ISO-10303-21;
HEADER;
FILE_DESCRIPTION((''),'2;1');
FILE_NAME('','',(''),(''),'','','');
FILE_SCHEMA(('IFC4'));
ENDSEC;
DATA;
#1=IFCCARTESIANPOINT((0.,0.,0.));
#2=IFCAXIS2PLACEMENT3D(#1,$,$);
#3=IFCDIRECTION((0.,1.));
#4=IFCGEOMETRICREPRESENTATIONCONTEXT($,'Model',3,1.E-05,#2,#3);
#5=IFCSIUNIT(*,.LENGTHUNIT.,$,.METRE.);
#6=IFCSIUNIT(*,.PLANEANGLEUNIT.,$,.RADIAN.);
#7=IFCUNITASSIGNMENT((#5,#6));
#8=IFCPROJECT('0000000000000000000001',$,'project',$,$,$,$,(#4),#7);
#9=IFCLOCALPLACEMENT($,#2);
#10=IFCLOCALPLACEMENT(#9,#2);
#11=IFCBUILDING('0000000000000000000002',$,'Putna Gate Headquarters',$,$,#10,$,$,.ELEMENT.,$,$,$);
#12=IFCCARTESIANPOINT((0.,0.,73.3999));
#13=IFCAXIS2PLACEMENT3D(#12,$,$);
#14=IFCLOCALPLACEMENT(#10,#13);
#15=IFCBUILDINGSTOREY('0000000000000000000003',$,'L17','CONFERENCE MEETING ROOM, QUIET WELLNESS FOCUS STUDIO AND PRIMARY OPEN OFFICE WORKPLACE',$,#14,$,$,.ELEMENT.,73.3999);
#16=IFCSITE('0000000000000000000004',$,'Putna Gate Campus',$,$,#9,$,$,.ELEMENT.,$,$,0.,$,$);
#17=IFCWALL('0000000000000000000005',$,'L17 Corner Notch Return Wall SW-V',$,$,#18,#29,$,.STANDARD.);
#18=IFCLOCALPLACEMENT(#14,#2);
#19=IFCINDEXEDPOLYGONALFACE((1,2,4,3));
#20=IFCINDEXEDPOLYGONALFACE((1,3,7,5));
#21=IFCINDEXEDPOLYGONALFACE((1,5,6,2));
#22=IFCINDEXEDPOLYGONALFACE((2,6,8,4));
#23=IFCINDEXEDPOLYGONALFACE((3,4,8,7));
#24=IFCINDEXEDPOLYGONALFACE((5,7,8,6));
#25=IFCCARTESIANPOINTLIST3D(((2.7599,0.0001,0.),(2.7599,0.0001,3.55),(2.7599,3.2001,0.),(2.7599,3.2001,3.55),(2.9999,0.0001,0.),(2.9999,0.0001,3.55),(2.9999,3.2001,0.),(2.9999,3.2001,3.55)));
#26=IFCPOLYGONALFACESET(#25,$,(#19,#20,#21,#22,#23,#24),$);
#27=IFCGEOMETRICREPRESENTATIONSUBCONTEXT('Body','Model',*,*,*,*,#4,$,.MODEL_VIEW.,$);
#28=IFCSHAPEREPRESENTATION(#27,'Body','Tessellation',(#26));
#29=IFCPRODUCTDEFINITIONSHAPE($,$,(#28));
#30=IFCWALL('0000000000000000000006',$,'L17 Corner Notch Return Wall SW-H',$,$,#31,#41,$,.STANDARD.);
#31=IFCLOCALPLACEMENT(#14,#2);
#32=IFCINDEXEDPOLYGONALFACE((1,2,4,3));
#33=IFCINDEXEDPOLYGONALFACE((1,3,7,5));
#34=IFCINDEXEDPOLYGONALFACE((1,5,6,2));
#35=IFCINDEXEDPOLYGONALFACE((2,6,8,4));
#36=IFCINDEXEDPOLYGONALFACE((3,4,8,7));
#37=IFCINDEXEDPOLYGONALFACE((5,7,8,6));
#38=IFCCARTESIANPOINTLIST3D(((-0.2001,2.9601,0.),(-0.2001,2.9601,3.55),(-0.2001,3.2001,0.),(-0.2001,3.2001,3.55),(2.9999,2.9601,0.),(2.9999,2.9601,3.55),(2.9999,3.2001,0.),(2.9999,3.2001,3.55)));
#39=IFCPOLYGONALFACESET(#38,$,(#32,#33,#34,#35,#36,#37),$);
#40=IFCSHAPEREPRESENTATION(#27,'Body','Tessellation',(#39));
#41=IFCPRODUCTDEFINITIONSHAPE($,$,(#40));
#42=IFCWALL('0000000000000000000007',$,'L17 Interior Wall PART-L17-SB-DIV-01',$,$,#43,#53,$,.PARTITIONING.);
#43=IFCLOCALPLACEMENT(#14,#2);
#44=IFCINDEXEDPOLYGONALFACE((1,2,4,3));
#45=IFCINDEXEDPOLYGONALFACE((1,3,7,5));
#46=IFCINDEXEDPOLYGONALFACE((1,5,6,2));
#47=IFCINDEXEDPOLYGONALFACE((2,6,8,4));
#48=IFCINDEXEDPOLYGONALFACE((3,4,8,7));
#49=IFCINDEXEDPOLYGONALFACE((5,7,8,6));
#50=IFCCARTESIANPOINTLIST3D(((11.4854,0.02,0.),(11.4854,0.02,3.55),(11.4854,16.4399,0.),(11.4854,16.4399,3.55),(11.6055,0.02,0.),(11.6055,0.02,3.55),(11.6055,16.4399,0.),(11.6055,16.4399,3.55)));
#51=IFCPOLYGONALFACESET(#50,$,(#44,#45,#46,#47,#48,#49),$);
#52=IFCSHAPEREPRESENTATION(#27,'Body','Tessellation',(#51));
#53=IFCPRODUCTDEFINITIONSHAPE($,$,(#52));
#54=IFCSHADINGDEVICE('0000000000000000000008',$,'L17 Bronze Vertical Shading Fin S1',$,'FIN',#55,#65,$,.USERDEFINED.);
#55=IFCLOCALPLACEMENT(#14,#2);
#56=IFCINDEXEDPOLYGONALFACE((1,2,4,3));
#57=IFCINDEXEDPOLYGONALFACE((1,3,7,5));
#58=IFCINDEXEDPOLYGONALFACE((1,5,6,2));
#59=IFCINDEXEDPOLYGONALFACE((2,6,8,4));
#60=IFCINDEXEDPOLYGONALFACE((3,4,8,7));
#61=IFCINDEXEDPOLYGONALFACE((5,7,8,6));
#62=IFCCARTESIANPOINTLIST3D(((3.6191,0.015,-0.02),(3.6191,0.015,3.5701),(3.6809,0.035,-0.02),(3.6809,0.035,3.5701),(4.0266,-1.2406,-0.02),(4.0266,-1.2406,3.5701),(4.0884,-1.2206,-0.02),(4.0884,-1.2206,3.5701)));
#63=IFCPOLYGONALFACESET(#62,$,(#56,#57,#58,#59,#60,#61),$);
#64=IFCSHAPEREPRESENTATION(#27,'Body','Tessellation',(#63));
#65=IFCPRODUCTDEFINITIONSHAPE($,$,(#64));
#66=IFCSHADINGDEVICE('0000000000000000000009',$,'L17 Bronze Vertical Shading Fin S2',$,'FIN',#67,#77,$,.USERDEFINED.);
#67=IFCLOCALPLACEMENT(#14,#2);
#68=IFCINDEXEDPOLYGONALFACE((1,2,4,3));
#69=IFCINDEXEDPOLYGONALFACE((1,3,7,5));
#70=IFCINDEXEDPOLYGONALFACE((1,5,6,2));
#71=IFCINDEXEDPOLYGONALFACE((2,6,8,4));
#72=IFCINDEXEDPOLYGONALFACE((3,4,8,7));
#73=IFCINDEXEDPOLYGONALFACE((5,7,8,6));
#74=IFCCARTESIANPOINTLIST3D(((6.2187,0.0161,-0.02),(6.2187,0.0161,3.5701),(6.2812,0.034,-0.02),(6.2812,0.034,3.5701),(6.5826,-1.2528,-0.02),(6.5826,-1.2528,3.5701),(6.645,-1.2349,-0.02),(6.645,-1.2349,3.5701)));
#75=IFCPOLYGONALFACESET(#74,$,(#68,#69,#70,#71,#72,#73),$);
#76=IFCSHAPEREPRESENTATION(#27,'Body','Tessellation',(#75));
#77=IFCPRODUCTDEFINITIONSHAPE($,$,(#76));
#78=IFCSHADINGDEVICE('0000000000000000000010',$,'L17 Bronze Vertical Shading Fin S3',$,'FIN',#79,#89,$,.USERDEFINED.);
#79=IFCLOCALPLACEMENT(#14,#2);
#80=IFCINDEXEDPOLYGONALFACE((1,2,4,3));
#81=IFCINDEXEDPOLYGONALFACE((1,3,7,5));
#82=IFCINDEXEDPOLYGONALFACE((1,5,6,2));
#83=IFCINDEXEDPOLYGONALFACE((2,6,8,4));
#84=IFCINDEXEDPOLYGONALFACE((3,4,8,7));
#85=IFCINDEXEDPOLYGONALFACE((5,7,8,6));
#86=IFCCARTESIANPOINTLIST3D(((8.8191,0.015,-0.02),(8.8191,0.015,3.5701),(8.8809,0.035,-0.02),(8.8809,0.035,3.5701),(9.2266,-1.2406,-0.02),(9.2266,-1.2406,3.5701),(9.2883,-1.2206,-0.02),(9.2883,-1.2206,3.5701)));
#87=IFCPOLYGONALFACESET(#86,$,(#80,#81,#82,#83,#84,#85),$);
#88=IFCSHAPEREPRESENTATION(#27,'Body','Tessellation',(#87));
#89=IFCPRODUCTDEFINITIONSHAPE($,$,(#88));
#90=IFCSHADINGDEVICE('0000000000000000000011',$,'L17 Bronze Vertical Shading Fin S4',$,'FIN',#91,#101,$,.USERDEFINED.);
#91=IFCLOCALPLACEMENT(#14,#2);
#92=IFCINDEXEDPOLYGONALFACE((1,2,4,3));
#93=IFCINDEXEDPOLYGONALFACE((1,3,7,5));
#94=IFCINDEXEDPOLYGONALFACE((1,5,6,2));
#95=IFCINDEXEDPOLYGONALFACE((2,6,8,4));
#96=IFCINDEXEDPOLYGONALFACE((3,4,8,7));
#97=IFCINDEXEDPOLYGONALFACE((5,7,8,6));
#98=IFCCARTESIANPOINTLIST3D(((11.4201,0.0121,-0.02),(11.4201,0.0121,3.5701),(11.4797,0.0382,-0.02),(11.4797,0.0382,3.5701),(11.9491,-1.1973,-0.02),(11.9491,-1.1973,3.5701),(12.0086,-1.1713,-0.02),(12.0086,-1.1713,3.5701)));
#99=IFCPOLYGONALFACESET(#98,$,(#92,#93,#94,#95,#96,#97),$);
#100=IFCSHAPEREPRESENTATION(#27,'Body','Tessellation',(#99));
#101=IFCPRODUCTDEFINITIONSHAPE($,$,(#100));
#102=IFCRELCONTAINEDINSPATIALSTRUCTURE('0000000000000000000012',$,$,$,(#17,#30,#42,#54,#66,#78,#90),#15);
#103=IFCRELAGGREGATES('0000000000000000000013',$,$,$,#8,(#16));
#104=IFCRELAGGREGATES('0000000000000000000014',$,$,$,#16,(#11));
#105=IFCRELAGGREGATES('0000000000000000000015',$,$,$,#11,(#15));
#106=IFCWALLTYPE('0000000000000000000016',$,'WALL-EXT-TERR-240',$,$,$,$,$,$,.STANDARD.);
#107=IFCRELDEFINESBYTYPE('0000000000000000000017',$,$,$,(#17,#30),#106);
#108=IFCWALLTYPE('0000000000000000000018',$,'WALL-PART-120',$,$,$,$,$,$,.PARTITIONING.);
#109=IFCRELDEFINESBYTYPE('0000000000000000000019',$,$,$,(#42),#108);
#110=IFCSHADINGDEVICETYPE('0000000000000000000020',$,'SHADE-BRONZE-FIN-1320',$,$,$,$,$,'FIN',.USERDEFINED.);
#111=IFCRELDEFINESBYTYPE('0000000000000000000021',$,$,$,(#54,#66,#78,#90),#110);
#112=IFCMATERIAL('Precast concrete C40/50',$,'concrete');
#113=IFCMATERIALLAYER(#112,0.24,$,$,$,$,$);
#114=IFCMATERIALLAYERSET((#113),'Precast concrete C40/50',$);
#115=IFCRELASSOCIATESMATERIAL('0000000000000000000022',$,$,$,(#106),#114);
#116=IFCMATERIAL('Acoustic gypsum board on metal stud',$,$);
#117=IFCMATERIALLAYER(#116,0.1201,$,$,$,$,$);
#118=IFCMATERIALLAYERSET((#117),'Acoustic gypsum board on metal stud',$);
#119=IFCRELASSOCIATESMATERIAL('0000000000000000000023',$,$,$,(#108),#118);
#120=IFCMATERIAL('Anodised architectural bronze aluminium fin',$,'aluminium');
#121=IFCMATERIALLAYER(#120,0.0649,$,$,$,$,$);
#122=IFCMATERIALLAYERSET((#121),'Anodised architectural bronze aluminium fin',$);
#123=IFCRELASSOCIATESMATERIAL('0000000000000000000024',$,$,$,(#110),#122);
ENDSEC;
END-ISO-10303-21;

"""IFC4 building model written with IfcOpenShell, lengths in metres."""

from ifc_helpers import new_model, si_unit, direction, frame, frame_2d, origin, origin_2d, place, context, subcontext, project, spatial, rectangle, extrude, material, layer, layer_set, type_object, element, save


model = new_model("IFC4")

# Units and contexts
model_context = context("Model", 3, precision=1e-05, world=origin(), true_north=direction((0.0, 1.0)))
body_context = subcontext(model_context, "Body", "Model", "MODEL_VIEW")
ifc_project = project(units=[si_unit("LENGTHUNIT", "METRE"), si_unit("PLANEANGLEUNIT", "RADIAN")], contexts=[model_context])

# Site, building, storey
site_placement = place(None, origin())
site = spatial("IfcSite", under=ifc_project, at=site_placement, Name="Putna Gate Campus", CompositionType="ELEMENT", RefElevation=0.0)
building_placement = place(site_placement, origin())
building = spatial("IfcBuilding", under=site, at=building_placement, Name="Putna Gate Headquarters", CompositionType="ELEMENT")
storey_placement = place(building_placement, frame((0.0, 0.0, 73.3999)))
storey = spatial("IfcBuildingStorey", under=building, at=storey_placement, Name="L17", Description="CONFERENCE MEETING ROOM, QUIET WELLNESS FOCUS STUDIO AND PRIMARY OPEN OFFICE WORKPLACE", CompositionType="ELEMENT", Elevation=73.3999)

# Walls
ifc_material_1 = material(Name="Precast concrete C40/50", Category="concrete")
ifc_layer_1 = layer(ifc_material_1, 0.24)
ifc_layer_set_1 = layer_set([ifc_layer_1], Name="Precast concrete C40/50")
wall_type_1 = type_object("IfcWallType", Name="WALL-EXT-TERR-240", PredefinedType="STANDARD", material=ifc_layer_set_1)
for number, where, z_axis, x_axis, name in (
    (1, (2.8799, 0.0, 0.0), (0.0, 0.0, 1.0), (0.0, 1.0, 0.0), "L17 Corner Notch Return Wall SW-V"),
    (2, (3.0, 3.0801, 0.0), (0.0, 0.0, 1.0), (-1.0, 0.0, 0.0), "L17 Corner Notch Return Wall SW-H"),
):
    element("IfcWall", number, at=place(storey_placement, frame(where, z_axis=z_axis, x_axis=x_axis)), inside=storey, type_object=wall_type_1, Name=name, PredefinedType="STANDARD", context=body_context, shape_type="SweptSolid", body=[
        extrude(rectangle(XDim=3.2, YDim=0.24, at=frame_2d((1.6001, 0.0))), origin(), (0.0, 0.0, 1.0), 3.55),
    ])
ifc_material_2 = material(Name="Acoustic gypsum board on metal stud")
ifc_layer_2 = layer(ifc_material_2, 0.1201)
ifc_layer_set_2 = layer_set([ifc_layer_2], Name="Acoustic gypsum board on metal stud")
wall_type_2 = type_object("IfcWallType", Name="WALL-PART-120", PredefinedType="PARTITIONING", material=ifc_layer_set_2)
wall_placement = place(storey_placement, frame((11.5454, 0.02, 0.0), z_axis=(0.0, 0.0, 1.0), x_axis=(0.0, 1.0, 0.0)))
element("IfcWall", 3, at=wall_placement, inside=storey, type_object=wall_type_2, Name="L17 Interior Wall PART-L17-SB-DIV-01", PredefinedType="PARTITIONING", context=body_context, shape_type="SweptSolid", body=[
    extrude(rectangle(XDim=16.4199, YDim=0.1201, at=frame_2d((8.21, 0.0))), origin(), (0.0, 0.0, 1.0), 3.55),
])

# Shading devices
ifc_material_3 = material(Name="Anodised architectural bronze aluminium fin", Category="aluminium")
ifc_layer_3 = layer(ifc_material_3, 0.0649)
ifc_layer_set_3 = layer_set([ifc_layer_3], Name="Anodised architectural bronze aluminium fin")
shading_device_type = type_object("IfcShadingDeviceType", Name="SHADE-BRONZE-FIN-1320", ElementType="FIN", PredefinedType="USERDEFINED", material=ifc_layer_set_3)
for number, where, z_axis, x_axis, name in (
    (4, (3.8538, -0.6028, -0.02), (0.0, 0.0, 1.0), (0.308685, -0.951164, 0.0), "L17 Bronze Vertical Shading Fin S1"),
    (5, (6.4319, -0.6094, -0.02), (0.0, 0.0, 1.0), (0.275637, -0.961262, 0.0), "L17 Bronze Vertical Shading Fin S2"),
    (6, (9.0537, -0.6028, -0.02), (0.0, 0.0, 1.0), (0.308685, -0.951164, 0.0), "L17 Bronze Vertical Shading Fin S3"),
    (7, (11.7144, -0.5796, -0.02), (0.0, 0.0, 1.0), (0.400669, -0.916223, 0.0), "L17 Bronze Vertical Shading Fin S4"),
):
    element("IfcShadingDevice", number, at=place(storey_placement, frame(where, z_axis=z_axis, x_axis=x_axis)), inside=storey, type_object=shading_device_type, Name=name, ObjectType="FIN", PredefinedType="USERDEFINED", context=body_context, shape_type="SweptSolid", body=[
        extrude(rectangle(XDim=1.3201, YDim=0.0649, at=origin_2d()), origin(), (0.0, 0.0, 1.0), 3.5901),
    ])

save(model, "model.ifc")
